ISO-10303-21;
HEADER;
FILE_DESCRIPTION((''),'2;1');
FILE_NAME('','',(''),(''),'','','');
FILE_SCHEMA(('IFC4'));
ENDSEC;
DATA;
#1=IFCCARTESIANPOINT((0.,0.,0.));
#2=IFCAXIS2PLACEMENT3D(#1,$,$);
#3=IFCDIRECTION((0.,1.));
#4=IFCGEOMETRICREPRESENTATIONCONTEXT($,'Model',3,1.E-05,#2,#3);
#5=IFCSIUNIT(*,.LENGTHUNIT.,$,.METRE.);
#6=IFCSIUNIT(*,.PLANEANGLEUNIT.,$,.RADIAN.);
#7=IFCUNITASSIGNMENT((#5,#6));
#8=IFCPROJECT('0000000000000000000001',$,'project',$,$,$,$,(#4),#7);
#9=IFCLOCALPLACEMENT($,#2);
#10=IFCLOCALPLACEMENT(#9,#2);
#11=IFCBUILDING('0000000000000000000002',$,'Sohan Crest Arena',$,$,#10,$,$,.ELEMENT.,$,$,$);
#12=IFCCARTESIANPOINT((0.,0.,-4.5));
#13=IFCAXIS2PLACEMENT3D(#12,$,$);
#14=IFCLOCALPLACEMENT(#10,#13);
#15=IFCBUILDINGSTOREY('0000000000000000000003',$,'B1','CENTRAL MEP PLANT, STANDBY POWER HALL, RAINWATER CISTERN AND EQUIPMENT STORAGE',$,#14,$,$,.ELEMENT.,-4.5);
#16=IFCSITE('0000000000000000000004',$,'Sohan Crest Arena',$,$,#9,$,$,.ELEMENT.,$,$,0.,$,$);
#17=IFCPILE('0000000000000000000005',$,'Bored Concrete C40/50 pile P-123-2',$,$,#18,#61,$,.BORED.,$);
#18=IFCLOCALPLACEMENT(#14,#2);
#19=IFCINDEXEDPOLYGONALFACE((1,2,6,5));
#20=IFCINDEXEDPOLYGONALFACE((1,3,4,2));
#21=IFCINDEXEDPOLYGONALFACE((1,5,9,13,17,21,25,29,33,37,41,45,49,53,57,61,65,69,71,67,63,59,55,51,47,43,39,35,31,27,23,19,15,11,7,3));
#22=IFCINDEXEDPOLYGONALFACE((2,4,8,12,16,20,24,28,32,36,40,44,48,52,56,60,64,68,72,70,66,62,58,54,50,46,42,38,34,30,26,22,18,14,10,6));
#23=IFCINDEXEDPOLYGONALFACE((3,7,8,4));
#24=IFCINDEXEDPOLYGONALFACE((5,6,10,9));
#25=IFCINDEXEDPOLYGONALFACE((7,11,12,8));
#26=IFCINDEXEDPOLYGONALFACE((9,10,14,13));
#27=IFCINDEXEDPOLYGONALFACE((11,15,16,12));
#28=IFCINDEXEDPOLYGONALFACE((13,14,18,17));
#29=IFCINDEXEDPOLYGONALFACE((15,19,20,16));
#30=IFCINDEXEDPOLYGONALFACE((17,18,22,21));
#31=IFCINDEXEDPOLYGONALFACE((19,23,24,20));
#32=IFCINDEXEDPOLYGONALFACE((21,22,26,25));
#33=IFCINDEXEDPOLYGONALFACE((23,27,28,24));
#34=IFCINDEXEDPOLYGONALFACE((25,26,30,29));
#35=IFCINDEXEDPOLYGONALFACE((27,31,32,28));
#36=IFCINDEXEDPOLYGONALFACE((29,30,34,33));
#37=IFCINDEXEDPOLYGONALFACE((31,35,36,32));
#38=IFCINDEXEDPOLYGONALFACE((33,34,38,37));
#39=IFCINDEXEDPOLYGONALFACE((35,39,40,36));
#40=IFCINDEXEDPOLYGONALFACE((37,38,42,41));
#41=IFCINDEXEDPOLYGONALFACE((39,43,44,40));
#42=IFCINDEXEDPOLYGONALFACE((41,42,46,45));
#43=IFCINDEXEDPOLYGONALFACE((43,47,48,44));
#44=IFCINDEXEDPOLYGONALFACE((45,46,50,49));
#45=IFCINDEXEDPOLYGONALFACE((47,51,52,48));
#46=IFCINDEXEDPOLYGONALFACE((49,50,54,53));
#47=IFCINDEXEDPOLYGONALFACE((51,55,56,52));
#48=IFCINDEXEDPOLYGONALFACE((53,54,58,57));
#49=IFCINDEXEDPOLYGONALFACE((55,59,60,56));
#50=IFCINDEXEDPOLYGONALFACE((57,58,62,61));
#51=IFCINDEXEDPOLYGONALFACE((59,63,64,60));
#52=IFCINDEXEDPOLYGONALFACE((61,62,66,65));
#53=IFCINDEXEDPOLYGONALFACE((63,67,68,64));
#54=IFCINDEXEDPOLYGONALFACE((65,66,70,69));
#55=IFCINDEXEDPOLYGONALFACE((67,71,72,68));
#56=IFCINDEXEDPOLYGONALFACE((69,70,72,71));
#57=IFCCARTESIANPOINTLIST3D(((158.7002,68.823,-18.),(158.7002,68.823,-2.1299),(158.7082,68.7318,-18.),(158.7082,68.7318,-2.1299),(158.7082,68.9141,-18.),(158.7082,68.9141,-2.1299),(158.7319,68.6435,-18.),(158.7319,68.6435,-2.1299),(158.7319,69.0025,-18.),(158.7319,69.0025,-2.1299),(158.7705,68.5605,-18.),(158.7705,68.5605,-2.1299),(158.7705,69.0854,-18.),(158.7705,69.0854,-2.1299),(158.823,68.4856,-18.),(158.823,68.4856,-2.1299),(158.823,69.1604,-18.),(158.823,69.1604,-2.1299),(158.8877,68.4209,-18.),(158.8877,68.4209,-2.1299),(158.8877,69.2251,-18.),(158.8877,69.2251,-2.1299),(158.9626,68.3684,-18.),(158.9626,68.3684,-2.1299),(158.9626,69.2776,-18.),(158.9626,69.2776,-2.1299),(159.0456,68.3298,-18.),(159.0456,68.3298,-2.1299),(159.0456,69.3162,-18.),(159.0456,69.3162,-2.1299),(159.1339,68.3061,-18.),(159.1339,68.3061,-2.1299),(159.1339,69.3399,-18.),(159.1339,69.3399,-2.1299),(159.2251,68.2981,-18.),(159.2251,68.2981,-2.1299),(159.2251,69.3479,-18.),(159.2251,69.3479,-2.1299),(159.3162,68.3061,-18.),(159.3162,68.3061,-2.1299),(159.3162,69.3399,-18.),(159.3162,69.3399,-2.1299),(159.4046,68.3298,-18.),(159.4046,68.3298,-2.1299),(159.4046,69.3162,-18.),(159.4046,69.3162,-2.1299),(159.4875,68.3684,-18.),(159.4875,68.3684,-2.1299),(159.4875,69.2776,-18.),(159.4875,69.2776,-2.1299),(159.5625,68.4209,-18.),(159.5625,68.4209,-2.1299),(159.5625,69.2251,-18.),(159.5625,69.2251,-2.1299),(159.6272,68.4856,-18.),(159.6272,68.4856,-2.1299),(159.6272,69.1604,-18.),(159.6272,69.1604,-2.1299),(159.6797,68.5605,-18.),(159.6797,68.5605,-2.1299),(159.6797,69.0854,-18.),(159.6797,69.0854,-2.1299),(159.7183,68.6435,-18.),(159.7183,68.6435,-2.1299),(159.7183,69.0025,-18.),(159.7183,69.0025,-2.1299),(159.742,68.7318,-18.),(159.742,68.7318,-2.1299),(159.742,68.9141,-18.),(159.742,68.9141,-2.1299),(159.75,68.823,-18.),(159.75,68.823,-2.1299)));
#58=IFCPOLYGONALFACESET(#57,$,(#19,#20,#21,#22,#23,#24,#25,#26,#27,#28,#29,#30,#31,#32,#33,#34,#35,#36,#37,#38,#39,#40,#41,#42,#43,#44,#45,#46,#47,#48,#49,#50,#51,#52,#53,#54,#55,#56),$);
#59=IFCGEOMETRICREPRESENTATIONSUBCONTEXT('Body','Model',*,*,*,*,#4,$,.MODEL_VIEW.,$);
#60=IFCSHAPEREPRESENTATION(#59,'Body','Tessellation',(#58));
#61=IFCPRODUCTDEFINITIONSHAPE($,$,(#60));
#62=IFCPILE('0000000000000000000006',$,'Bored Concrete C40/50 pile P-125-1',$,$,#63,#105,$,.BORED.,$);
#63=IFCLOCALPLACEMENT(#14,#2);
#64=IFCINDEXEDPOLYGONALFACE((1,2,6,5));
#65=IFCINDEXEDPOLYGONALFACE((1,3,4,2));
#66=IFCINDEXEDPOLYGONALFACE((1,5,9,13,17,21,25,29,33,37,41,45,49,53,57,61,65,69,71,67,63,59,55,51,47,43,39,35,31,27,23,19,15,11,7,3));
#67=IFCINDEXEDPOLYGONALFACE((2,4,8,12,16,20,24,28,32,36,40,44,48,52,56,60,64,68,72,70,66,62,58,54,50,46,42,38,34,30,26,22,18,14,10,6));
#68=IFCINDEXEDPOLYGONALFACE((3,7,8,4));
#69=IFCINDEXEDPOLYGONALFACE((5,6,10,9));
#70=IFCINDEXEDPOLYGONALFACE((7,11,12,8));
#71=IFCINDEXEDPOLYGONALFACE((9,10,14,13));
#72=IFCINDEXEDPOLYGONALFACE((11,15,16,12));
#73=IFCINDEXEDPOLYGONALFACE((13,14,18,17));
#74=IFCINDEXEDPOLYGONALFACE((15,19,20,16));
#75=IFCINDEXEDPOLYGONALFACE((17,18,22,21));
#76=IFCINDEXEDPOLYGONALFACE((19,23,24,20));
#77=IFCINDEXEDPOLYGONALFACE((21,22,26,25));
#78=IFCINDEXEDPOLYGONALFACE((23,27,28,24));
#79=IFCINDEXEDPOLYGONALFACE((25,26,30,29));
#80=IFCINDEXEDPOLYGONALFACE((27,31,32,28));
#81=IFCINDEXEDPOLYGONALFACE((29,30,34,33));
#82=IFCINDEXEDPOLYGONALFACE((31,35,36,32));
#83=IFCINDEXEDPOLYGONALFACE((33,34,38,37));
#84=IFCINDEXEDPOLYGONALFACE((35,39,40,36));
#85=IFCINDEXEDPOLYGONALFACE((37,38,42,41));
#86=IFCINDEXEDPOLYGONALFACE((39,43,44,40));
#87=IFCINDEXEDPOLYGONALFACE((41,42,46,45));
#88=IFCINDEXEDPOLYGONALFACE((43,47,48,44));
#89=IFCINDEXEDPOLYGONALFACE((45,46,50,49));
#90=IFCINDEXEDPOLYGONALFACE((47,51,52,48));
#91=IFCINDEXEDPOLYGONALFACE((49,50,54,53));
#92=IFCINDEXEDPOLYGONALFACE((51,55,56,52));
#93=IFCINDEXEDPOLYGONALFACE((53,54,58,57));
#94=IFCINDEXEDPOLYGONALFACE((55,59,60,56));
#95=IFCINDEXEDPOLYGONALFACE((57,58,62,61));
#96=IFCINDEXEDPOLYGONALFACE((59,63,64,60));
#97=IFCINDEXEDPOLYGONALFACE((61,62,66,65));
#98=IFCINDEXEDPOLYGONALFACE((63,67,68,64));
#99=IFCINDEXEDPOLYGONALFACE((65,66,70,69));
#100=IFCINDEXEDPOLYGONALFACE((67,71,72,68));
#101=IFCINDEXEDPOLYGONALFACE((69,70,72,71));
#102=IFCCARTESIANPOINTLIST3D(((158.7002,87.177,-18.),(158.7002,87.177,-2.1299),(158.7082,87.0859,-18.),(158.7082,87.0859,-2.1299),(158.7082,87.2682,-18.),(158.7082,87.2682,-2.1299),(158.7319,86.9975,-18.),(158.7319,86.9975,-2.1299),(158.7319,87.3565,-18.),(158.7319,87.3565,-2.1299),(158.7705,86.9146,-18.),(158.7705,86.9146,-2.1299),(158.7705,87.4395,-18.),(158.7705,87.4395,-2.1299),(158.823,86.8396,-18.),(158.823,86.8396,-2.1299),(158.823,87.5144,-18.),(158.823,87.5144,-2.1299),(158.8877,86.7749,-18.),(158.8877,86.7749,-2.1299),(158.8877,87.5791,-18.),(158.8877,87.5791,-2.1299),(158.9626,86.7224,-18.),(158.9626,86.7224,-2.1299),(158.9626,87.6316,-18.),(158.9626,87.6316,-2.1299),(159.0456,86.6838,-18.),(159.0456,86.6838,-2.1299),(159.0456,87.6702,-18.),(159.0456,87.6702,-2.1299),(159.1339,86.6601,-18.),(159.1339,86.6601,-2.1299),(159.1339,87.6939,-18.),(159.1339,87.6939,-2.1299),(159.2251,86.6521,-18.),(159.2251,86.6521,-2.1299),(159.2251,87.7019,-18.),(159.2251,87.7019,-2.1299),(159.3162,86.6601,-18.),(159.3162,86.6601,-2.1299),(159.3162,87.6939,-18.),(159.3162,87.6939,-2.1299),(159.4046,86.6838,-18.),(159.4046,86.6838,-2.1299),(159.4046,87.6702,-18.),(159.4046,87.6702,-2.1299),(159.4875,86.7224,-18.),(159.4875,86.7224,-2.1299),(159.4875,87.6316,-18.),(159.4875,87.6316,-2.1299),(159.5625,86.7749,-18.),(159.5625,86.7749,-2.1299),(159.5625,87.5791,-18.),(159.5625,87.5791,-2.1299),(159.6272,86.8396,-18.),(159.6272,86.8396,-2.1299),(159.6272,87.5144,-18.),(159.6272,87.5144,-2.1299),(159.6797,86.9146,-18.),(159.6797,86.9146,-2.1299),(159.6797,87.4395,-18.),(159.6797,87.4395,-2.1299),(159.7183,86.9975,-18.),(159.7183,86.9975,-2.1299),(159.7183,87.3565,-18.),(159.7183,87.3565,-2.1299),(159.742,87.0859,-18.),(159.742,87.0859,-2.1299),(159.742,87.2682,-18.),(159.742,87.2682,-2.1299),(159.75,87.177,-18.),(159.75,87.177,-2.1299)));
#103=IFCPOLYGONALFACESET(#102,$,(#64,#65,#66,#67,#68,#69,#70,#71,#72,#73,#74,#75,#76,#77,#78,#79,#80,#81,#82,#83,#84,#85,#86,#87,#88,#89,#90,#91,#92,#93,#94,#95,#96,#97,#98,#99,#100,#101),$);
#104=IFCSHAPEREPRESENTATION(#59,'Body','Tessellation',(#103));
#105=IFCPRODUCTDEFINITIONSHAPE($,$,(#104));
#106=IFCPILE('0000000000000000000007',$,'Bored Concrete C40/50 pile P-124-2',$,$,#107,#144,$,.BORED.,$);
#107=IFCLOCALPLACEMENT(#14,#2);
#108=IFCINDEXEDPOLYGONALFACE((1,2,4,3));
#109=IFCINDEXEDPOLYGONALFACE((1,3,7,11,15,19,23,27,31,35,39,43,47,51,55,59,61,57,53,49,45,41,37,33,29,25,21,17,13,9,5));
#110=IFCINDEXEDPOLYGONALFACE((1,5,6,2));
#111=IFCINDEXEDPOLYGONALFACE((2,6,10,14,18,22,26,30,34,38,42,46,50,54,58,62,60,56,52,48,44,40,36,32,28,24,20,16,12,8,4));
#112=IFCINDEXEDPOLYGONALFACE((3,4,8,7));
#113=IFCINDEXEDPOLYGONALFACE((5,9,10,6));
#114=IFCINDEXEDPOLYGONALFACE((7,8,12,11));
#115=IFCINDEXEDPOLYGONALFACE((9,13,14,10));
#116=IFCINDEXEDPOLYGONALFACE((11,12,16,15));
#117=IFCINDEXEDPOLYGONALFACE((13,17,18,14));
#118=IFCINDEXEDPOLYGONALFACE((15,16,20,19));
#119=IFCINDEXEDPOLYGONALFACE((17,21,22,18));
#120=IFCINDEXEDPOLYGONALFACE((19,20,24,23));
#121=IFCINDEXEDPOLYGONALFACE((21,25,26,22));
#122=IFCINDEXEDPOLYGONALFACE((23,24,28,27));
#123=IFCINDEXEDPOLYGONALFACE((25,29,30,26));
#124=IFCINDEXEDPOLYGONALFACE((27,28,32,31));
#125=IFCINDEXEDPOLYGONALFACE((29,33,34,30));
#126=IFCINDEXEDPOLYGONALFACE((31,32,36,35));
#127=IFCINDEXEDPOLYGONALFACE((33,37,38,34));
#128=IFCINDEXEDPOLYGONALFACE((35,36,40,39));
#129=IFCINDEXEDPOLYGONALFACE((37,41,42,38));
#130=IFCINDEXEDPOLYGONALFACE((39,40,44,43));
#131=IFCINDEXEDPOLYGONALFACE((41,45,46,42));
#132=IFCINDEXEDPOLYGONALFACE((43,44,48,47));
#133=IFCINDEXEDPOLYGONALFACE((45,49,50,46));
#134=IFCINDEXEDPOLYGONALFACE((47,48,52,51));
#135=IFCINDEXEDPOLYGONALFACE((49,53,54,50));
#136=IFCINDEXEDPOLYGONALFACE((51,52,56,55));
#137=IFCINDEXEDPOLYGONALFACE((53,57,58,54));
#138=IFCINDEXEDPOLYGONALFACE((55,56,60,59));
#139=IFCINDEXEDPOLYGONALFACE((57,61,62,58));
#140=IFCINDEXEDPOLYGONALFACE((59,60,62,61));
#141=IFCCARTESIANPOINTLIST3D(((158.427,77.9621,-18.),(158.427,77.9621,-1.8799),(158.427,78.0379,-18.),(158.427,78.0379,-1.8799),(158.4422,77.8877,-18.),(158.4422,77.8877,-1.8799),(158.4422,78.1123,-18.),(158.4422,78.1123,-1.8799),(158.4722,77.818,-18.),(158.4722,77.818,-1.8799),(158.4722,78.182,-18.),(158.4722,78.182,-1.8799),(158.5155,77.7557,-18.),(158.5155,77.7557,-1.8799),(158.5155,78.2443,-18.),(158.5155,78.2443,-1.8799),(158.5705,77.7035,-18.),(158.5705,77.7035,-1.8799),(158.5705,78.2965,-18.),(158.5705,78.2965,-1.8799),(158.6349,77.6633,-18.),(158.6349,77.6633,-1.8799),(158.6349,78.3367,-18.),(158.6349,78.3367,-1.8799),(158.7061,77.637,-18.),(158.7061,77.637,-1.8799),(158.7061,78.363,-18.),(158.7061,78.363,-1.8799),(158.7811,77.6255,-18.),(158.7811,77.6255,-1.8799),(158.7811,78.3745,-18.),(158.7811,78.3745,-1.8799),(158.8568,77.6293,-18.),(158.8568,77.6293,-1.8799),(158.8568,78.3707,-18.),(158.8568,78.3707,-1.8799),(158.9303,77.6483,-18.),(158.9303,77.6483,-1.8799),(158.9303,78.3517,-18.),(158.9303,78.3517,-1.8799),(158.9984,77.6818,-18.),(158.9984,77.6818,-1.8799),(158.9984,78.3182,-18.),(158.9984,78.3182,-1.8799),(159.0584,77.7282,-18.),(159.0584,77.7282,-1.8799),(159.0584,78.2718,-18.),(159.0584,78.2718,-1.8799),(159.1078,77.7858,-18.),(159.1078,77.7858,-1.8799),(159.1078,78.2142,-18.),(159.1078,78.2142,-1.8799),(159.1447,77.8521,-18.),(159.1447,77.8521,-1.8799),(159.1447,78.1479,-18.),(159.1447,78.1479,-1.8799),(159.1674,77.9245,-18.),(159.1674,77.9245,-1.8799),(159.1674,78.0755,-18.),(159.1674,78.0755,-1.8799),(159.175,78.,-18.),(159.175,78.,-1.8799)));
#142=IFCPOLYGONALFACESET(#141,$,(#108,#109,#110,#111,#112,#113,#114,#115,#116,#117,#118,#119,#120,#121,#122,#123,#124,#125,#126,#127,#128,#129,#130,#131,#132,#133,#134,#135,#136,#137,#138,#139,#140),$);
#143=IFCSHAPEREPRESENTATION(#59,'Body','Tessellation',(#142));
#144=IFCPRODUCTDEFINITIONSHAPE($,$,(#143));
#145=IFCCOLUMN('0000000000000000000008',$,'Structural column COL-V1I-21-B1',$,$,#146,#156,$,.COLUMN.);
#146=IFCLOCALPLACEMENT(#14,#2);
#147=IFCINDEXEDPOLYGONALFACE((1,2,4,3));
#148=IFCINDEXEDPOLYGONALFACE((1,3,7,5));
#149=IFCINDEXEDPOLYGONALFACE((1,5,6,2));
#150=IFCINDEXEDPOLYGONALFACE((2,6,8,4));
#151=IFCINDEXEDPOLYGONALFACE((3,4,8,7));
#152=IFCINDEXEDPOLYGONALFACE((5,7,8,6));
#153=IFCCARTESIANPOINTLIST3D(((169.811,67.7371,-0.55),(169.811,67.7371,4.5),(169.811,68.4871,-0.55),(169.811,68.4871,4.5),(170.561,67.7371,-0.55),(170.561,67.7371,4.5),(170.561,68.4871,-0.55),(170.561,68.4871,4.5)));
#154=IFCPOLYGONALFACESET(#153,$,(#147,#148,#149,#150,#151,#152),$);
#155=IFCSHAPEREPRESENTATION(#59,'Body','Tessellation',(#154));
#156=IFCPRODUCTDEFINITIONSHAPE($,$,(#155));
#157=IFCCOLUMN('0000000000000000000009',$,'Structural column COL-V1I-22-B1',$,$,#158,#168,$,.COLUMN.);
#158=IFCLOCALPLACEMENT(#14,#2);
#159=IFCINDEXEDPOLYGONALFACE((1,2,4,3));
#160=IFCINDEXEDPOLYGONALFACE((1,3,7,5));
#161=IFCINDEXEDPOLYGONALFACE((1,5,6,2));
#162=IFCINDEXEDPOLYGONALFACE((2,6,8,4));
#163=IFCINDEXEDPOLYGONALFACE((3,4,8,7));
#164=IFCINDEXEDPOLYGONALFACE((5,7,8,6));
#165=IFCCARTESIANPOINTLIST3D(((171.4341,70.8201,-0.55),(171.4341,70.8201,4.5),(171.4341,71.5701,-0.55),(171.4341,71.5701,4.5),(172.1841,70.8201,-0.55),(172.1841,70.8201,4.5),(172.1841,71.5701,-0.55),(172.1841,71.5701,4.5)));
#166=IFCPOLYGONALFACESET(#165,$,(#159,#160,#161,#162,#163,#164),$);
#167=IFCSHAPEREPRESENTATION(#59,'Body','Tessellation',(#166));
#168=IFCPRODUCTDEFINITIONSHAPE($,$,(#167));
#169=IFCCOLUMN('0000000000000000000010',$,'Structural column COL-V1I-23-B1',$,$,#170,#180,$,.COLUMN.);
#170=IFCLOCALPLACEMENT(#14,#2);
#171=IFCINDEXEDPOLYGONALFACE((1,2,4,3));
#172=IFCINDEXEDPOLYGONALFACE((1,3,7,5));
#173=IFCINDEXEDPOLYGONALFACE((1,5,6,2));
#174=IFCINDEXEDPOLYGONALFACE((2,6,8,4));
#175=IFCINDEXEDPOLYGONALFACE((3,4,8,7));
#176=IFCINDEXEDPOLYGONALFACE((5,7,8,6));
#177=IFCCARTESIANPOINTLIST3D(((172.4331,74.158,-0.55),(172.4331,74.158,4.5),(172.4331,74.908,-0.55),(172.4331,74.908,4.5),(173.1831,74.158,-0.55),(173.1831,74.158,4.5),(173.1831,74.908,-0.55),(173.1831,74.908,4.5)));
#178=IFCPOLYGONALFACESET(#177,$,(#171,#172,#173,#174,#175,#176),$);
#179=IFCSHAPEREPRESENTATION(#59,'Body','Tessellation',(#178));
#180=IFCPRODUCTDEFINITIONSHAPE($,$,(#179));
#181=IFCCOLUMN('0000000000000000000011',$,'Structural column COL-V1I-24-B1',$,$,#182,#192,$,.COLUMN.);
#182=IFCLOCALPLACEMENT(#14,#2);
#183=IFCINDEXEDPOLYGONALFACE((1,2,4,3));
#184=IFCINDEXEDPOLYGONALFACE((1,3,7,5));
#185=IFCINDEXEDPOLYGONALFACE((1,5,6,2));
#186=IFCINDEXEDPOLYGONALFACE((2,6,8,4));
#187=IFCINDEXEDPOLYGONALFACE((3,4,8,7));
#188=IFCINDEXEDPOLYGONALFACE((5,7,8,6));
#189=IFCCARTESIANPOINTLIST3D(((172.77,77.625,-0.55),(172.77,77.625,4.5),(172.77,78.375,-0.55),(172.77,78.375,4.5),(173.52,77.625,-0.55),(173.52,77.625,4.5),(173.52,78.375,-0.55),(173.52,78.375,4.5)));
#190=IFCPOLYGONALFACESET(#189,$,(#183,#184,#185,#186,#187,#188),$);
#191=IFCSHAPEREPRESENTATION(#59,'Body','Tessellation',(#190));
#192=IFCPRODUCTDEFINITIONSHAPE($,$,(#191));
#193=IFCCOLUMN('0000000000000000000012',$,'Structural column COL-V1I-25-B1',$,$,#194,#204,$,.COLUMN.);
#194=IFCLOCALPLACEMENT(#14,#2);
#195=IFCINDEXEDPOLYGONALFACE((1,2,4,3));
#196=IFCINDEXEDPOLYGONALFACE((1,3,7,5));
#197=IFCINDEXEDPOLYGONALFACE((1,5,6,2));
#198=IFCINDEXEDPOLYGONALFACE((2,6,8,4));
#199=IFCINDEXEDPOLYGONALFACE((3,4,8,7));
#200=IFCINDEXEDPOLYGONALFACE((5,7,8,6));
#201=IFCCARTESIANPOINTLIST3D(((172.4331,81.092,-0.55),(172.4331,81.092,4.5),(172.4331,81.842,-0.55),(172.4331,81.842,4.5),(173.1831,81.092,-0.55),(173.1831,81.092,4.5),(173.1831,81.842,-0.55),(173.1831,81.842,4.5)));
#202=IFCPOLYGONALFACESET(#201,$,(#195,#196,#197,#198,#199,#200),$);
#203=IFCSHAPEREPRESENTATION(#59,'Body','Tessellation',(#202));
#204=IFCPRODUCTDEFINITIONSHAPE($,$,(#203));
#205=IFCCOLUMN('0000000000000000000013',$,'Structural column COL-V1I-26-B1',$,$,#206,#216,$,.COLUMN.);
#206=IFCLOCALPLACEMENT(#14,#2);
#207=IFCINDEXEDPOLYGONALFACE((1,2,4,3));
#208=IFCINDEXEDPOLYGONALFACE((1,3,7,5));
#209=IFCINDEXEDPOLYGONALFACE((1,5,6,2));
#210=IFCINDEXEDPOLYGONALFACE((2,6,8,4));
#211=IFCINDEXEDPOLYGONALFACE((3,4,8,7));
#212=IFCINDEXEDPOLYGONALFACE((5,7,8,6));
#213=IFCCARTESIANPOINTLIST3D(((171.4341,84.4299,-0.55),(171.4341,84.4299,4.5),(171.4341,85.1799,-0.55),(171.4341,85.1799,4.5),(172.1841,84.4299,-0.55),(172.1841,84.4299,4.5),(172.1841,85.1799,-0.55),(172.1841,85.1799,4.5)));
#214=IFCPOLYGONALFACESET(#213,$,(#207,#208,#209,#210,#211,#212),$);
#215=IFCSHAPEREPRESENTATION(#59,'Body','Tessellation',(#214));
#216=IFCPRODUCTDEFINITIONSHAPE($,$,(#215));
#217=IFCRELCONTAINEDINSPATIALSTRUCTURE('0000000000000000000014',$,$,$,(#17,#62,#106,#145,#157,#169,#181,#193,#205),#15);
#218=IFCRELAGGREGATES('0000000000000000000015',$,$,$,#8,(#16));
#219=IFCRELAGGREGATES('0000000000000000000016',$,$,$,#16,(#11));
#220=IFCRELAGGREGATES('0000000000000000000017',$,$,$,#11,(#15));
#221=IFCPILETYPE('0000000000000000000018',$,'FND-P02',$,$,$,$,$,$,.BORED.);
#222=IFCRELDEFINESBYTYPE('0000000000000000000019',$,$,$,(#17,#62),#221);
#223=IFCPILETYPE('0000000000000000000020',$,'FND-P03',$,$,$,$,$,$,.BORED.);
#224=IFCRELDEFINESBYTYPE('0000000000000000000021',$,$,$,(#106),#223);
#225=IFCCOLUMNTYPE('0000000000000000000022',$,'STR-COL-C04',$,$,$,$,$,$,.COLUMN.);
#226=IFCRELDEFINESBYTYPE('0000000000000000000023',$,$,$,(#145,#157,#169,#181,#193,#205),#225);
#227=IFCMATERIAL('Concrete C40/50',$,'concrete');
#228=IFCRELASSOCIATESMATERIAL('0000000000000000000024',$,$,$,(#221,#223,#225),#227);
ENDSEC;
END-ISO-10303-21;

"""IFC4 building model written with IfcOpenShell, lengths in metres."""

from ifc_helpers import new_model, si_unit, direction, frame, origin, origin_2d, place, context, subcontext, project, spatial, rectangle, circle, extrude, material, material_profile, profile_set, type_object, element, save


model = new_model("IFC4")

# Units and contexts
model_context = context("Model", 3, precision=1e-05, world=origin(), true_north=direction((0.0, 1.0)))
body_context = subcontext(model_context, "Body", "Model", "MODEL_VIEW")
ifc_project = project(units=[si_unit("LENGTHUNIT", "METRE"), si_unit("PLANEANGLEUNIT", "RADIAN")], contexts=[model_context])

# Site, building, storey
site_placement = place(None, origin())
site = spatial("IfcSite", under=ifc_project, at=site_placement, Name="Sohan Crest Arena", CompositionType="ELEMENT", RefElevation=0.0)
building_placement = place(site_placement, origin())
building = spatial("IfcBuilding", under=site, at=building_placement, Name="Sohan Crest Arena", CompositionType="ELEMENT")
storey_placement = place(building_placement, frame((0.0, 0.0, -4.5)))
storey = spatial("IfcBuildingStorey", under=building, at=storey_placement, Name="B1", Description="CENTRAL MEP PLANT, STANDBY POWER HALL, RAINWATER CISTERN AND EQUIPMENT STORAGE", CompositionType="ELEMENT", Elevation=-4.5)

# Piles
ifc_material = material(Name="Concrete C40/50", Category="concrete")
ifc_material_profile_1 = material_profile(ifc_material, circle(Radius=0.5249, at=origin_2d()), Name="PILE D1050")
ifc_profile_set_1 = profile_set([ifc_material_profile_1], Name="Concrete C40/50")
pile_type_1 = type_object("IfcPileType", Name="FND-P02", PredefinedType="BORED", material=ifc_profile_set_1)
for number, where, z_axis, x_axis, name in (
    (1, (159.2251, 68.823, -18.0), (0.0, 0.0, 1.0), (1.0, 0.0, 0.0), "Bored Concrete C40/50 pile P-123-2"),
    (2, (159.2251, 87.177, -18.0), (0.0, 0.0, 1.0), (1.0, 0.0, 0.0), "Bored Concrete C40/50 pile P-125-1"),
):
    element("IfcPile", number, at=place(storey_placement, frame(where, z_axis=z_axis, x_axis=x_axis)), inside=storey, type_object=pile_type_1, Name=name, PredefinedType="BORED", context=body_context, shape_type="SweptSolid", body=[
        extrude(circle(Radius=0.5249, at=origin_2d()), origin(), (0.0, 0.0, 1.0), 15.8701),
    ])
ifc_material_profile_2 = material_profile(ifc_material, circle(Radius=0.375, at=origin_2d()), Name="PILE D750")
ifc_profile_set_2 = profile_set([ifc_material_profile_2], Name="Concrete C40/50")
pile_type_2 = type_object("IfcPileType", Name="FND-P03", PredefinedType="BORED", material=ifc_profile_set_2)
pile_placement = place(storey_placement, frame((158.8, 78.0, -18.0), z_axis=(0.0, 0.0, 1.0), x_axis=(1.0, 0.0, 0.0)))
element("IfcPile", 3, at=pile_placement, inside=storey, type_object=pile_type_2, Name="Bored Concrete C40/50 pile P-124-2", PredefinedType="BORED", context=body_context, shape_type="SweptSolid", body=[
    extrude(circle(Radius=0.375, at=origin_2d()), origin(), (0.0, 0.0, 1.0), 16.1201),
])

# Columns
ifc_material_profile_3 = material_profile(ifc_material, rectangle(XDim=0.75, YDim=0.75, at=origin_2d()), Name="RC 750x750")
ifc_profile_set_3 = profile_set([ifc_material_profile_3], Name="Concrete C40/50")
column_type_1 = type_object("IfcColumnType", Name="STR-COL-C04", PredefinedType="COLUMN", material=ifc_profile_set_3)
for number, where, z_axis, x_axis, name in (
    (4, (170.186, 68.1121, -0.55), (0.0, 0.0, 1.0), (1.0, 0.0, 0.0), "Structural column COL-V1I-21-B1"),
    (5, (171.8091, 71.1951, -0.55), (0.0, 0.0, 1.0), (1.0, 0.0, 0.0), "Structural column COL-V1I-22-B1"),
    (6, (172.8081, 74.533, -0.55), (0.0, 0.0, 1.0), (1.0, 0.0, 0.0), "Structural column COL-V1I-23-B1"),
    (7, (173.145, 78.0, -0.55), (0.0, 0.0, 1.0), (1.0, 0.0, 0.0), "Structural column COL-V1I-24-B1"),
    (8, (172.8081, 81.467, -0.55), (0.0, 0.0, 1.0), (1.0, 0.0, 0.0), "Structural column COL-V1I-25-B1"),
    (9, (171.8091, 84.8049, -0.55), (0.0, 0.0, 1.0), (1.0, 0.0, 0.0), "Structural column COL-V1I-26-B1"),
):
    element("IfcColumn", number, at=place(storey_placement, frame(where, z_axis=z_axis, x_axis=x_axis)), inside=storey, type_object=column_type_1, Name=name, PredefinedType="COLUMN", context=body_context, shape_type="SweptSolid", body=[
        extrude(rectangle(XDim=0.75, YDim=0.75, at=origin_2d()), origin(), (0.0, 0.0, 1.0), 5.05),
    ])

save(model, "model.ifc")
